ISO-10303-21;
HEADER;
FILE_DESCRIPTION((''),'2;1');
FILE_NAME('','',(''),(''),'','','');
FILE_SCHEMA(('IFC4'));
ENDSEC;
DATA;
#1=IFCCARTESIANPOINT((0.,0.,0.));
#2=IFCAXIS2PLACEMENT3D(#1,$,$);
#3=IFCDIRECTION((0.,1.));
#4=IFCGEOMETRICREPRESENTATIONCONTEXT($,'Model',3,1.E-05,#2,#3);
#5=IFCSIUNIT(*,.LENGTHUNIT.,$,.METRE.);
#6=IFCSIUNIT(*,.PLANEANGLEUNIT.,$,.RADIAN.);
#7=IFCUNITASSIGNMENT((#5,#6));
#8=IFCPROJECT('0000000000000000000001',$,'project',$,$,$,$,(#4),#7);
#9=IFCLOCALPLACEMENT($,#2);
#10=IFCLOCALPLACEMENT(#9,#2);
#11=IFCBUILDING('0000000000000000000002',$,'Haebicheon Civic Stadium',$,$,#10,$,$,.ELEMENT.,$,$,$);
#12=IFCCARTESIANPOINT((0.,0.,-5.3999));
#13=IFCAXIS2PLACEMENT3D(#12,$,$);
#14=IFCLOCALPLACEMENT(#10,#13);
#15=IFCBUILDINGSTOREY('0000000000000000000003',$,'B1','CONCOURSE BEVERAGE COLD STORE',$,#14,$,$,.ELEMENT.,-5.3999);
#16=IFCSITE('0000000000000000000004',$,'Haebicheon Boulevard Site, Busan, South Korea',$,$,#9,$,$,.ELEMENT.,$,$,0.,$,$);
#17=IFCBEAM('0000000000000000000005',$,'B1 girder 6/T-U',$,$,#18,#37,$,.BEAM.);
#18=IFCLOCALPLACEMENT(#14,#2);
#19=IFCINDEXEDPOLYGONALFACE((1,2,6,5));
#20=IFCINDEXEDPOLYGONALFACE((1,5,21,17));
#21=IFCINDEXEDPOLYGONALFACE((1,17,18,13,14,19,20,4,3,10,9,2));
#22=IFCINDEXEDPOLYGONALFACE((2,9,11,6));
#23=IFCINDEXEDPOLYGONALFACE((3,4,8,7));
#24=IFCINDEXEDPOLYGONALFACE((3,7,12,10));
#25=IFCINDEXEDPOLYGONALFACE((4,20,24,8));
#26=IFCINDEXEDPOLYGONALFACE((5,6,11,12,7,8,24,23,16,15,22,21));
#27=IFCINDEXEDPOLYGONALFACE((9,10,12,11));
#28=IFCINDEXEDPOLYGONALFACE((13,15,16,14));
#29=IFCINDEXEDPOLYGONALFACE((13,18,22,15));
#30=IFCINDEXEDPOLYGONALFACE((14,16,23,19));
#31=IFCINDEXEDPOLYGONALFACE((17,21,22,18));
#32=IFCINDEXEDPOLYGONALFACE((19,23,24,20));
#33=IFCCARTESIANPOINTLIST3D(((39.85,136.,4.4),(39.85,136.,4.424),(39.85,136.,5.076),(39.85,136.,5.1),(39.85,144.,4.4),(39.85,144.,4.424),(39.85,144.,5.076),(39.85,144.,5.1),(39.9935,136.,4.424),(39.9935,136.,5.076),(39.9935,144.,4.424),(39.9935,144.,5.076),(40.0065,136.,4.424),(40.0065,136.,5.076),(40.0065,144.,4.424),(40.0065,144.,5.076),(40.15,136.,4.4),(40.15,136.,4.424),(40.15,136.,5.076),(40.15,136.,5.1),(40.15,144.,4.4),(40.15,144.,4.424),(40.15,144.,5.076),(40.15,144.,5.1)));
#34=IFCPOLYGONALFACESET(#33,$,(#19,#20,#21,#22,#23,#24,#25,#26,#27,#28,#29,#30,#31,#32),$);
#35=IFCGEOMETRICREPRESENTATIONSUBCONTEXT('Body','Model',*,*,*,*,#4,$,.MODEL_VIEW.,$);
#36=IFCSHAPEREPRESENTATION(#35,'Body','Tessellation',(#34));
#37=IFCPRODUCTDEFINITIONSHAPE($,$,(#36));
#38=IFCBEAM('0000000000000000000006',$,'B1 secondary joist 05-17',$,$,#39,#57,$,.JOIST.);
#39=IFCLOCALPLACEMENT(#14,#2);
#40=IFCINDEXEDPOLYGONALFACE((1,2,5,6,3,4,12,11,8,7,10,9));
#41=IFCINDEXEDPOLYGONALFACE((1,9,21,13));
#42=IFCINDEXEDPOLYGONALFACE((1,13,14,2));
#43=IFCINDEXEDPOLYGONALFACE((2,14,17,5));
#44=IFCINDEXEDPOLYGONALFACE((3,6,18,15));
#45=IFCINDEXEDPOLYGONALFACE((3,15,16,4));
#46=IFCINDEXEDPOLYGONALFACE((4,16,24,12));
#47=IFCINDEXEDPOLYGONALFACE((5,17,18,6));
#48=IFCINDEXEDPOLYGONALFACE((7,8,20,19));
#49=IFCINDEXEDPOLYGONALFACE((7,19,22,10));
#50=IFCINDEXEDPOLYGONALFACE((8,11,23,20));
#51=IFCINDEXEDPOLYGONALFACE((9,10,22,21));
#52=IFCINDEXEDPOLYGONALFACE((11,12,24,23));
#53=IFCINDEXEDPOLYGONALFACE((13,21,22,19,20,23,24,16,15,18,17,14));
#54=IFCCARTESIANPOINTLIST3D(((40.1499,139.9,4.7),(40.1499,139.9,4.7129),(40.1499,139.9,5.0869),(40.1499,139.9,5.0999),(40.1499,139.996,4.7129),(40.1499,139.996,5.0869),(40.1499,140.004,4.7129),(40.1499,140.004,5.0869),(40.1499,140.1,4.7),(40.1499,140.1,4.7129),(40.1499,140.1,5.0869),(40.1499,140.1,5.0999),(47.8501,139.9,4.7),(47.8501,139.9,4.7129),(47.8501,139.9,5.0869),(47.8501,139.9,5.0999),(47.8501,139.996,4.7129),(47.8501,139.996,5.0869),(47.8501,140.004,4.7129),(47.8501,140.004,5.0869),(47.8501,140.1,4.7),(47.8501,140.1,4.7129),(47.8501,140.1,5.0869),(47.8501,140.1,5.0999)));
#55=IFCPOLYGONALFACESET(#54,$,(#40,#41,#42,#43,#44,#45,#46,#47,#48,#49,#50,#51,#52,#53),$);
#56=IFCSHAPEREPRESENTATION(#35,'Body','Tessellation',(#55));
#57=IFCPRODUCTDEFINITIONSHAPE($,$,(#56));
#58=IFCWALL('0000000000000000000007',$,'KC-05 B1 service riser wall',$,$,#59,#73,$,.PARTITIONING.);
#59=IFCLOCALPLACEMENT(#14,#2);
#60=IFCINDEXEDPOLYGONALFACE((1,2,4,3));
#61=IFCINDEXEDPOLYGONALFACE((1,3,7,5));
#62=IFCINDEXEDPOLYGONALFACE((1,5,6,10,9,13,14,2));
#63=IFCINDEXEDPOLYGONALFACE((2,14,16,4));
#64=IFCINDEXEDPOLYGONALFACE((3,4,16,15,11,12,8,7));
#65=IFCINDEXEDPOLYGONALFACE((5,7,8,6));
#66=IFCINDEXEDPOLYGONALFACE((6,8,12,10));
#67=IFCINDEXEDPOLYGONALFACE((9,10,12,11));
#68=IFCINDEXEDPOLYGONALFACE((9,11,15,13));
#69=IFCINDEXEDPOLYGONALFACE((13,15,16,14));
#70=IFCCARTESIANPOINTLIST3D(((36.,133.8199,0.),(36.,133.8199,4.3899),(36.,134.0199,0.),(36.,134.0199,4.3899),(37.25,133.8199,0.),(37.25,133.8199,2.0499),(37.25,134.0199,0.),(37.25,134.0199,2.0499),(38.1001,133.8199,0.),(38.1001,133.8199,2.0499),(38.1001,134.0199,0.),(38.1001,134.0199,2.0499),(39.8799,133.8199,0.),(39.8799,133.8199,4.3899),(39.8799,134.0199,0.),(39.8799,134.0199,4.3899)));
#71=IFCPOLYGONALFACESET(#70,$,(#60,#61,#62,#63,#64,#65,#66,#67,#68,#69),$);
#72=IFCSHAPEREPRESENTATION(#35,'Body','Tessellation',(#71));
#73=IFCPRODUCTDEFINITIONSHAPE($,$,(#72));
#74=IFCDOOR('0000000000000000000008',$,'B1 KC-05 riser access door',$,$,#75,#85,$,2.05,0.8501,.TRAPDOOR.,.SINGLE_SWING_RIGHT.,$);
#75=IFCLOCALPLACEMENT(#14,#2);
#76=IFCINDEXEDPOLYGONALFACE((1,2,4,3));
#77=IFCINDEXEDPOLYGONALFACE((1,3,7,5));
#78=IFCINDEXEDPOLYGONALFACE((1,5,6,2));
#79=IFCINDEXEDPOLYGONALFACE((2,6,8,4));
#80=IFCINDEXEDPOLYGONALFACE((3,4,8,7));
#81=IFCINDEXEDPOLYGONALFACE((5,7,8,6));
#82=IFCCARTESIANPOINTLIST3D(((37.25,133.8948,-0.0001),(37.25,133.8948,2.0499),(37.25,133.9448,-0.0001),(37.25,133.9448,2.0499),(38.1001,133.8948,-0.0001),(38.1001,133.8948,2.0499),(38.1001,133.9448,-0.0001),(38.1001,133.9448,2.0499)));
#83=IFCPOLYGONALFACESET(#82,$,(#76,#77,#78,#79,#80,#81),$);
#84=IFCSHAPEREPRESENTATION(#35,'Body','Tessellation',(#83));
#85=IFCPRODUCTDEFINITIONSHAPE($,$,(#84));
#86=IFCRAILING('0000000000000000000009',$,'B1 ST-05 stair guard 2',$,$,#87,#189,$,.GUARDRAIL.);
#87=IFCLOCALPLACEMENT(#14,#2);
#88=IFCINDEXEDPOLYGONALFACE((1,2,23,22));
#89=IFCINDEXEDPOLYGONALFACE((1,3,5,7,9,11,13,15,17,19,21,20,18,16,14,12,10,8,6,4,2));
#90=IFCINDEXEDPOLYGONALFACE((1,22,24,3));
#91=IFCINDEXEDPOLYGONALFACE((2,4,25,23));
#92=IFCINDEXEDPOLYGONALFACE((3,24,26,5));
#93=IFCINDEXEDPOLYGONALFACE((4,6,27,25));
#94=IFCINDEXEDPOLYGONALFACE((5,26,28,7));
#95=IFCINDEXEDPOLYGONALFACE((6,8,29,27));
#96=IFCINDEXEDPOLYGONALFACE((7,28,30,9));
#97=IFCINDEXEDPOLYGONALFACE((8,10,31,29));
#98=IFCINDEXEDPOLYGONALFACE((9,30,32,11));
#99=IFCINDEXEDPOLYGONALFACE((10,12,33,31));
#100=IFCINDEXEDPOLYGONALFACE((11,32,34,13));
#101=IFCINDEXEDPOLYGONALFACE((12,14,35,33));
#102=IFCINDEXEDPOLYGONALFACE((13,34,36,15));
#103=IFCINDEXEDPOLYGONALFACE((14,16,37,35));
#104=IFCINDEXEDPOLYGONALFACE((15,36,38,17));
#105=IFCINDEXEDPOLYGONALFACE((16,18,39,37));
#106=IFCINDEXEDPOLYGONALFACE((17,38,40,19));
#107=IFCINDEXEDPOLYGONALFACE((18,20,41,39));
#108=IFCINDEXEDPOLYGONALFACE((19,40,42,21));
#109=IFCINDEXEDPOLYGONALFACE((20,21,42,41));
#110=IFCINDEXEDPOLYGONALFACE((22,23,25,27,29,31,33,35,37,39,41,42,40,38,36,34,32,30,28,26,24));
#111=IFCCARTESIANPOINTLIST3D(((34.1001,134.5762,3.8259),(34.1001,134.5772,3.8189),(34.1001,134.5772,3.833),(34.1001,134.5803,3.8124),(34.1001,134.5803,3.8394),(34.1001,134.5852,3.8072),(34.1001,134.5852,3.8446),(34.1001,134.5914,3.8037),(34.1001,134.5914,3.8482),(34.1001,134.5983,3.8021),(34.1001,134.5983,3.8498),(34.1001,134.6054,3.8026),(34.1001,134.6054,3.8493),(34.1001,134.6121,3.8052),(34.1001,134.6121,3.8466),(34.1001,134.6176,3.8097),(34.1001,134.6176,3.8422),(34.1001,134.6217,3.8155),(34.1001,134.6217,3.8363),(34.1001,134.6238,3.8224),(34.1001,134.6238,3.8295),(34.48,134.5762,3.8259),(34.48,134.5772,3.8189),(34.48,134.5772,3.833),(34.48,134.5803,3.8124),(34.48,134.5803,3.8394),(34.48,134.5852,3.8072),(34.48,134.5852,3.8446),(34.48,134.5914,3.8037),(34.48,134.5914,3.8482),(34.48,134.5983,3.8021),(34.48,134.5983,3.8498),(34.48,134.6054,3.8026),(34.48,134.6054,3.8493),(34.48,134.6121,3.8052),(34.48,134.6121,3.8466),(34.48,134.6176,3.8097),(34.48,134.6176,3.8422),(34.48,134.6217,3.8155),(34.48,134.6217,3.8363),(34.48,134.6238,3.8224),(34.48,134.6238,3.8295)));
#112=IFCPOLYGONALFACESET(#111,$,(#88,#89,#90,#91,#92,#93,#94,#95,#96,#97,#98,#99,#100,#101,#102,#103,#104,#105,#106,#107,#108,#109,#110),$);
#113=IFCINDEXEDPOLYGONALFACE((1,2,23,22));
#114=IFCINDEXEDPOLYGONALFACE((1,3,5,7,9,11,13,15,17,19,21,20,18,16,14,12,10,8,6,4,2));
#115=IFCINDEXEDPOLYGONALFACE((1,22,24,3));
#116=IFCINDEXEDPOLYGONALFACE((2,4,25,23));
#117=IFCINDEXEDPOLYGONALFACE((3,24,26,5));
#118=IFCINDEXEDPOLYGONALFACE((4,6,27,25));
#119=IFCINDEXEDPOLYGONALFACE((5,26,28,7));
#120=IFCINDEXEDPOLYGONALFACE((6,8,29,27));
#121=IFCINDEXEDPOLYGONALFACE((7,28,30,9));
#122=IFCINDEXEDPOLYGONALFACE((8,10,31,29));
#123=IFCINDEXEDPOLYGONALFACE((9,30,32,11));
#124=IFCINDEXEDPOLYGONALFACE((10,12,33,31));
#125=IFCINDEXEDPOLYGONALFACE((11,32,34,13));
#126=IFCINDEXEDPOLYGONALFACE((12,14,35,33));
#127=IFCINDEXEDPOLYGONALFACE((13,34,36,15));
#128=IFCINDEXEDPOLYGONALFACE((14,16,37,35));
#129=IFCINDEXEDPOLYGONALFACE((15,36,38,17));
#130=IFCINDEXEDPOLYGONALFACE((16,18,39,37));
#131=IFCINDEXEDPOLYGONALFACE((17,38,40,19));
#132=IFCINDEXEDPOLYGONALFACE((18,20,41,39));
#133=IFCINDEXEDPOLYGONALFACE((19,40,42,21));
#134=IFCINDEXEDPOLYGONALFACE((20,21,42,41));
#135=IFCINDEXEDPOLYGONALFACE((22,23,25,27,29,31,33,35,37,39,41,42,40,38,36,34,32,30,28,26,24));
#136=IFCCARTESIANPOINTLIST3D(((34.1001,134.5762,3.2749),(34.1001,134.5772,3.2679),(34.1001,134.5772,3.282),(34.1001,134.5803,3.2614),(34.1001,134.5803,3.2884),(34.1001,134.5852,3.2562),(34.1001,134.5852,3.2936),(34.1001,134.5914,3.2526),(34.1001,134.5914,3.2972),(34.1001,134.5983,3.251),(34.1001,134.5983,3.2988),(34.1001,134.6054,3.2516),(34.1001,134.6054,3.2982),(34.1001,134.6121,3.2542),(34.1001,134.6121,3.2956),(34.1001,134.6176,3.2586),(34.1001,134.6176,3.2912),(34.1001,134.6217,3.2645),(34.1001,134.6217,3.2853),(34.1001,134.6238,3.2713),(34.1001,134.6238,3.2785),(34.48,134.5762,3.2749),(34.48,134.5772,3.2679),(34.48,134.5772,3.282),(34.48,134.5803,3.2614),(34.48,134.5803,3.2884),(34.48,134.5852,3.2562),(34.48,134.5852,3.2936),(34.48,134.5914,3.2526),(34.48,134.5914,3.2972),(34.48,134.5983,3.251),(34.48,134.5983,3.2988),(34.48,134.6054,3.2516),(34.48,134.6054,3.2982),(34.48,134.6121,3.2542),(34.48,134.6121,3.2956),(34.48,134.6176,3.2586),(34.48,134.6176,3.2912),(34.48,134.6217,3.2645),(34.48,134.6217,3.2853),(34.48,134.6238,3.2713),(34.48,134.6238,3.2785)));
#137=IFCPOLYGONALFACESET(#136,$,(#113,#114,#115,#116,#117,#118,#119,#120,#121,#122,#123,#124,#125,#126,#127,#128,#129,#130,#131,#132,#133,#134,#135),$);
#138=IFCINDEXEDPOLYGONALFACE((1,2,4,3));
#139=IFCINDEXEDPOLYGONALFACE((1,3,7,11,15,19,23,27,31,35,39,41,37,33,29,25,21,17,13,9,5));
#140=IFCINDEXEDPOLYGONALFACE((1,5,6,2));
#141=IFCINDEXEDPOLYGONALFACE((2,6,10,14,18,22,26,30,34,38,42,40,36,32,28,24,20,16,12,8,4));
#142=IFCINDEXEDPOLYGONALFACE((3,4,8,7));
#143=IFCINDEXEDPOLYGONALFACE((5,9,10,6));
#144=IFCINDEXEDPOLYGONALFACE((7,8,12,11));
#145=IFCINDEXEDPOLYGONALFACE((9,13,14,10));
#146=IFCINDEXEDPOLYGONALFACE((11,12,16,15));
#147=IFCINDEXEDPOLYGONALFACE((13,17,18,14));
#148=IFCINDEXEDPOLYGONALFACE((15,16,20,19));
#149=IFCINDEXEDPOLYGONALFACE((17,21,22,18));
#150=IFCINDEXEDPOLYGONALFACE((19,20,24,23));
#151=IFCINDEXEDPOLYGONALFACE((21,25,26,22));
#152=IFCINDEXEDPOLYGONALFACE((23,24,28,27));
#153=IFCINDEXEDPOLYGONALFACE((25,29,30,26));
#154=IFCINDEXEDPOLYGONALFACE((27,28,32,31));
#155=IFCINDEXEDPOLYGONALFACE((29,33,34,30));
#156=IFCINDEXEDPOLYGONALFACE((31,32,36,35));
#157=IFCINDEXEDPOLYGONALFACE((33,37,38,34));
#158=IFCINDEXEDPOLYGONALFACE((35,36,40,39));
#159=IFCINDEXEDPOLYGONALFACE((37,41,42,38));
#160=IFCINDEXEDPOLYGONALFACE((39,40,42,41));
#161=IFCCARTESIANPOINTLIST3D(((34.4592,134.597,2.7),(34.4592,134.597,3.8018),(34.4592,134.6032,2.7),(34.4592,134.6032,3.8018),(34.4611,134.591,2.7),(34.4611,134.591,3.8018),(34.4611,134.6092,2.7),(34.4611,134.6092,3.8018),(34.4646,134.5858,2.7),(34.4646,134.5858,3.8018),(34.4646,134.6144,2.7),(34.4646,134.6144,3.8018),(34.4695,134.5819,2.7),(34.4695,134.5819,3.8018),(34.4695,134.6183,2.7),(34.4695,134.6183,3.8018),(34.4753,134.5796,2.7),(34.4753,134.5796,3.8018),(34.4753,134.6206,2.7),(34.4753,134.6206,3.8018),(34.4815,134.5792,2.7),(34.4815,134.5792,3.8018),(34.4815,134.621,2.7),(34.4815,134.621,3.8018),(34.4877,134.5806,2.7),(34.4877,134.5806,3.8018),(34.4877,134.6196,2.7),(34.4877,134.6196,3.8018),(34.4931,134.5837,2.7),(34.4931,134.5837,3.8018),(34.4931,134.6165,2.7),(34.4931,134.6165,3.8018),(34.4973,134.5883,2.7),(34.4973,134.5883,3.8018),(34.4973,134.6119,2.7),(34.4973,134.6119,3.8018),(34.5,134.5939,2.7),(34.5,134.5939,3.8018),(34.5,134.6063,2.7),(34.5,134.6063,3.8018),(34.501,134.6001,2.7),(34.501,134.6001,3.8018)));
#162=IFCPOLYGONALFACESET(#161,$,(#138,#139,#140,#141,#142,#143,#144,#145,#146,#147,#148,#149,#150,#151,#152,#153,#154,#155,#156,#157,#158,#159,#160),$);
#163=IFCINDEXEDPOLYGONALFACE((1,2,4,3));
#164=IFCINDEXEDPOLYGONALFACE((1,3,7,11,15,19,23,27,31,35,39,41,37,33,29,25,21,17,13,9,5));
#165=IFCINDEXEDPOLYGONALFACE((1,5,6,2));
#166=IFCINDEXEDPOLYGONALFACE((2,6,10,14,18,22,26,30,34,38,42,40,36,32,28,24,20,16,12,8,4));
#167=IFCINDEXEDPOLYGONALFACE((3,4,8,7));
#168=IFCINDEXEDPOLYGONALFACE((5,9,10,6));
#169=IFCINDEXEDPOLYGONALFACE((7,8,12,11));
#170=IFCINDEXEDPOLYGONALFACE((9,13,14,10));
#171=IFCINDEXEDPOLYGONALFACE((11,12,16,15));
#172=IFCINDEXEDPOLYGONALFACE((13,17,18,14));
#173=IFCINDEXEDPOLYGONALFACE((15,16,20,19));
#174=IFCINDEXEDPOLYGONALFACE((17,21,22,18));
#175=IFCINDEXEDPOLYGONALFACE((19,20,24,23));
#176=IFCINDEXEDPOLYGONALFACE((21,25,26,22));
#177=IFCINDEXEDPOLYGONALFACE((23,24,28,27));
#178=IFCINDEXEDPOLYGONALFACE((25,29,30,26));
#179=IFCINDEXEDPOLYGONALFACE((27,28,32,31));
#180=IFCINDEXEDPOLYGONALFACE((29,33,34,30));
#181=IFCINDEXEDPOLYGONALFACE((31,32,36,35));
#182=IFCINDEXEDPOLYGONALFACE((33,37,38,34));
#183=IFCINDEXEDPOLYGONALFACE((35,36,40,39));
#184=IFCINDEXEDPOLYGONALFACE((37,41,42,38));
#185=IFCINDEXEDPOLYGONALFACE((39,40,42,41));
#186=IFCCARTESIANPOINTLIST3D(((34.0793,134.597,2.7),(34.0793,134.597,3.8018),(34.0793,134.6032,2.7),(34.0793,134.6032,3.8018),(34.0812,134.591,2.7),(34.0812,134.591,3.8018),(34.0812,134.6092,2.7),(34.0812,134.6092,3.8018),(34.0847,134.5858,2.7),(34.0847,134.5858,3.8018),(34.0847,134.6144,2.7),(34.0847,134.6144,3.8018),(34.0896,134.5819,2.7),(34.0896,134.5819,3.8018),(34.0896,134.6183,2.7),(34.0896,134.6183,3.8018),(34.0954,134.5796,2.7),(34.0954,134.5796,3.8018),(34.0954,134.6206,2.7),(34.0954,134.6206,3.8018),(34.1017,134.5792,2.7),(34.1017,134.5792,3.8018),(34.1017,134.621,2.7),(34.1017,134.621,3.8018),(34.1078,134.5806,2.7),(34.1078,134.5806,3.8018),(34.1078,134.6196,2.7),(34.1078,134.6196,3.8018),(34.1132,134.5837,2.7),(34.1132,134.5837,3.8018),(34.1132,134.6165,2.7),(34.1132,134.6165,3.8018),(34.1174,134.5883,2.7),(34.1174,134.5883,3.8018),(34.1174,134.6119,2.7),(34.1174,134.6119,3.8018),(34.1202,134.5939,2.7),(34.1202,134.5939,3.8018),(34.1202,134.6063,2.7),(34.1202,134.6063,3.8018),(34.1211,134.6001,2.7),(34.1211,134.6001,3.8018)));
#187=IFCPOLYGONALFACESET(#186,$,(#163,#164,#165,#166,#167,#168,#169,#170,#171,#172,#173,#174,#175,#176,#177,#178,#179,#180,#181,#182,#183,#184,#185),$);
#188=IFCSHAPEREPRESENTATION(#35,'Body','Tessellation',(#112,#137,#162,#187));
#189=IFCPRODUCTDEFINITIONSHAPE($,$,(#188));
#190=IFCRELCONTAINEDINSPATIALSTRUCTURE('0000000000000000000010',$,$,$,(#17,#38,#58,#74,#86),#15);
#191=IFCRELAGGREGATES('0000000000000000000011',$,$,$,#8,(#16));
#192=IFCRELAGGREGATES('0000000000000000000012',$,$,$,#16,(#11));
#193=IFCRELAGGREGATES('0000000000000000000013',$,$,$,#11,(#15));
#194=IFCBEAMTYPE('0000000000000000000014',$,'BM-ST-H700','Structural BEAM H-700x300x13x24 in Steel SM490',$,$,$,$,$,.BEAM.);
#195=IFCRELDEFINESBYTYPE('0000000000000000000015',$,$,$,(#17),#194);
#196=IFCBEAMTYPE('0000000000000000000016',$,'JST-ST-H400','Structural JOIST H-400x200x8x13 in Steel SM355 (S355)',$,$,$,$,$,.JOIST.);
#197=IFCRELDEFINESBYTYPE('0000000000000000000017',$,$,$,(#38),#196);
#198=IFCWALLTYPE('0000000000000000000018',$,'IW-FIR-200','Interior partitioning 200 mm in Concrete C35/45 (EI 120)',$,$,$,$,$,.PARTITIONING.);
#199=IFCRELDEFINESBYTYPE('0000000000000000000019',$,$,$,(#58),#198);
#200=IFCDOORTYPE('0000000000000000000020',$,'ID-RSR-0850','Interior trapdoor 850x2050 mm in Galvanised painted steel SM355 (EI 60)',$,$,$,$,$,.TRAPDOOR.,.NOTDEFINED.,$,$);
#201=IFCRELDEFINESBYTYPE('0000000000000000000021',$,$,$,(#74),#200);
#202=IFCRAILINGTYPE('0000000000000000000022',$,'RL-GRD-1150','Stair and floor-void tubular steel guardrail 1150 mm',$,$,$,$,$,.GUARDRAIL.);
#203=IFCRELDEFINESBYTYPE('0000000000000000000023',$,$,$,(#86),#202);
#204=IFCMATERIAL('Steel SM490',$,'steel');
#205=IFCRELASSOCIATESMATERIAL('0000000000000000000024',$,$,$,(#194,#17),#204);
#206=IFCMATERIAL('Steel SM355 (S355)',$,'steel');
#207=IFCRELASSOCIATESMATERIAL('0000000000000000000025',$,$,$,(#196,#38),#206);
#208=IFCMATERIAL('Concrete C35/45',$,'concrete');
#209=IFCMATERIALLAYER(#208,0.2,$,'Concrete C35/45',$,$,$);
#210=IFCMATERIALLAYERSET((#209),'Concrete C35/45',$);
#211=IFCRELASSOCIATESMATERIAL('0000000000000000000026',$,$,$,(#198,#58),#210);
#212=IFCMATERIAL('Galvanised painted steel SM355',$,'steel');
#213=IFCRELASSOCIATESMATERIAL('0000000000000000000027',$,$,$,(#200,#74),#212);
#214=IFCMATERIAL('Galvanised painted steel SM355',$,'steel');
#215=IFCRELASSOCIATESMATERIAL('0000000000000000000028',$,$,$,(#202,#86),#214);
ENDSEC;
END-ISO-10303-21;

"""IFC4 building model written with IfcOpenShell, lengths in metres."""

from ifc_helpers import new_model, si_unit, direction, frame, frame_2d, origin, origin_2d, place, context, subcontext, project, spatial, rectangle, circle, i_section, extrude, material, layer, layer_set, material_profile, profile_set, type_object, element, fill, save


model = new_model("IFC4")

# Units and contexts
model_context = context("Model", 3, precision=1e-05, world=origin(), true_north=direction((0.0, 1.0)))
body_context = subcontext(model_context, "Body", "Model", "MODEL_VIEW")
ifc_project = project(units=[si_unit("LENGTHUNIT", "METRE"), si_unit("PLANEANGLEUNIT", "RADIAN")], contexts=[model_context])

# Site, building, storey
site_placement = place(None, origin())
site = spatial("IfcSite", under=ifc_project, at=site_placement, Name="Haebicheon Boulevard Site, Busan, South Korea", CompositionType="ELEMENT", RefElevation=0.0)
building_placement = place(site_placement, origin())
building = spatial("IfcBuilding", under=site, at=building_placement, Name="Haebicheon Civic Stadium", CompositionType="ELEMENT")
storey_placement = place(building_placement, frame((0.0, 0.0, -5.3999)))
storey = spatial("IfcBuildingStorey", under=building, at=storey_placement, Name="B1", Description="CONCOURSE BEVERAGE COLD STORE", CompositionType="ELEMENT", Elevation=-5.3999)

# Beams
ifc_material_1 = material(Name="Steel SM490", Category="steel")
ifc_material_profile_1 = material_profile(ifc_material_1, i_section(OverallWidth=0.3, OverallDepth=0.7, WebThickness=0.0129, FlangeThickness=0.0239, at=origin_2d()), Name="H-700x300x13x24")
ifc_profile_set_1 = profile_set([ifc_material_profile_1], Name="Steel SM490")
beam_type_1 = type_object("IfcBeamType", Name="BM-ST-H700", Description="Structural BEAM H-700x300x13x24 in Steel SM490", PredefinedType="BEAM", material=ifc_profile_set_1)
beam_1_placement = place(storey_placement, frame((40.0, 136.0, 4.75), z_axis=(0.0, 1.0, 0.0), x_axis=(-1.0, 0.0, 0.0)))
element("IfcBeam", 1, at=beam_1_placement, inside=storey, type_object=beam_type_1, material=ifc_profile_set_1, Name="B1 girder 6/T-U", PredefinedType="BEAM", context=body_context, shape_type="SweptSolid", body=[
    extrude(i_section(OverallWidth=0.3, OverallDepth=0.7, WebThickness=0.0129, FlangeThickness=0.0239, at=origin_2d()), origin(), (0.0, 0.0, 1.0), 8.0),
])
ifc_material_2 = material(Name="Steel SM355 (S355)", Category="steel")
ifc_material_profile_2 = material_profile(ifc_material_2, i_section(OverallWidth=0.2, OverallDepth=0.3999, WebThickness=0.0081, FlangeThickness=0.0129, at=origin_2d()), Name="H-400x200x8x13")
ifc_profile_set_2 = profile_set([ifc_material_profile_2], Name="Steel SM355 (S355)")
beam_type_2 = type_object("IfcBeamType", Name="JST-ST-H400", Description="Structural JOIST H-400x200x8x13 in Steel SM355 (S355)", PredefinedType="JOIST", material=ifc_profile_set_2)
beam_2_placement = place(storey_placement, frame((40.1499, 140.0, 4.8999), z_axis=(1.0, 0.0, 0.0), x_axis=(0.0, 1.0, 0.0)))
element("IfcBeam", 2, at=beam_2_placement, inside=storey, type_object=beam_type_2, material=ifc_profile_set_2, Name="B1 secondary joist 05-17", PredefinedType="JOIST", context=body_context, shape_type="SweptSolid", body=[
    extrude(i_section(OverallWidth=0.2, OverallDepth=0.3999, WebThickness=0.0081, FlangeThickness=0.0129, at=origin_2d()), origin(), (0.0, 0.0, 1.0), 7.7002),
])

# Wall, opening, door
ifc_material_3 = material(Name="Concrete C35/45", Category="concrete")
ifc_layer_1 = layer(ifc_material_3, 0.2, Name="Concrete C35/45")
ifc_layer_set_1 = layer_set([ifc_layer_1], Name="Concrete C35/45")
wall_type = type_object("IfcWallType", Name="IW-FIR-200", Description="Interior partitioning 200 mm in Concrete C35/45 (EI 120)", PredefinedType="PARTITIONING", material=ifc_layer_set_1)
wall_placement = place(storey_placement, frame((36.0, 133.9199, 0.0), z_axis=(0.0, 0.0, 1.0), x_axis=(1.0, 0.0, 0.0)))
wall = element("IfcWall", 3, at=wall_placement, inside=storey, type_object=wall_type, material=ifc_layer_set_1, Name="KC-05 B1 service riser wall", PredefinedType="PARTITIONING", context=body_context, shape_type="SweptSolid", body=[
    extrude(rectangle(XDim=3.8799, YDim=0.2, at=frame_2d((1.9399, 0.0))), origin(), (0.0, 0.0, 1.0), 4.3899),
])
opening_placement = place(wall_placement, frame((1.25, 0.0, 0.0)))
opening = element("IfcOpeningElement", 4, at=opening_placement, cuts=wall, PredefinedType="OPENING", context=body_context, shape_type="SweptSolid", body=[
    extrude(rectangle(XDim=0.8501, YDim=2.05, at=frame_2d((0.425, 1.0249))), frame((0.0, 0.1099, 0.0), z_axis=(0.0, -1.0, 0.0), x_axis=(1.0, 0.0, 0.0)), (0.0, 0.0, 1.0), 0.22),
])
ifc_material_4 = material(Name="Galvanised painted steel SM355", Category="steel")
door_type = type_object("IfcDoorType", Name="ID-RSR-0850", Description="Interior trapdoor 850x2050 mm in Galvanised painted steel SM355 (EI 60)", OperationType="NOTDEFINED", PredefinedType="TRAPDOOR", material=ifc_material_4)
door_placement = place(opening_placement, origin())
door = element("IfcDoor", 5, at=door_placement, inside=storey, type_object=door_type, material=ifc_material_4, Name="B1 KC-05 riser access door", OperationType="SINGLE_SWING_RIGHT", OverallHeight=2.05, OverallWidth=0.8501, PredefinedType="TRAPDOOR", context=body_context, shape_type="SweptSolid", body=[
    extrude(rectangle(XDim=0.8501, YDim=2.05, at=frame_2d((0.425, 1.0249))), frame((0.0, 0.0249, 0.0), z_axis=(0.0, -1.0, 0.0), x_axis=(1.0, 0.0, 0.0)), (0.0, 0.0, 1.0), 0.05),
])
fill(opening, door)

# Railing
ifc_material_5 = material(Name="Galvanised painted steel SM355", Category="steel")
railing_type = type_object("IfcRailingType", Name="RL-GRD-1150", Description="Stair and floor-void tubular steel guardrail 1150 mm", PredefinedType="GUARDRAIL", material=ifc_material_5)
railing_1_placement = place(storey_placement, frame((34.48, 134.6001, 2.7)))
element("IfcRailing", 6, at=railing_1_placement, inside=storey, type_object=railing_type, material=ifc_material_5, Name="B1 ST-05 stair guard 2", PredefinedType="GUARDRAIL", context=body_context, shape_type="SweptSolid", body=[
    extrude(circle(Radius=0.0239, at=origin_2d()), frame((0.0, 0.0, 1.126), z_axis=(-1.0, 0.0, 0.0), x_axis=(0.0, -1.0, 0.0)), (0.0, 0.0, 1.0), 0.3799),
    extrude(circle(Radius=0.0239, at=origin_2d()), frame((0.0, 0.0, 0.575), z_axis=(-1.0, 0.0, 0.0), x_axis=(0.0, -1.0, 0.0)), (0.0, 0.0, 1.0), 0.3799),
    extrude(circle(Radius=0.021, at=origin_2d()), origin(), (0.0, 0.0, 1.0), 1.1018),
    extrude(circle(Radius=0.021, at=origin_2d()), frame((-0.3799, 0.0, 0.0)), (0.0, 0.0, 1.0), 1.1018),
])

save(model, "model.ifc")
